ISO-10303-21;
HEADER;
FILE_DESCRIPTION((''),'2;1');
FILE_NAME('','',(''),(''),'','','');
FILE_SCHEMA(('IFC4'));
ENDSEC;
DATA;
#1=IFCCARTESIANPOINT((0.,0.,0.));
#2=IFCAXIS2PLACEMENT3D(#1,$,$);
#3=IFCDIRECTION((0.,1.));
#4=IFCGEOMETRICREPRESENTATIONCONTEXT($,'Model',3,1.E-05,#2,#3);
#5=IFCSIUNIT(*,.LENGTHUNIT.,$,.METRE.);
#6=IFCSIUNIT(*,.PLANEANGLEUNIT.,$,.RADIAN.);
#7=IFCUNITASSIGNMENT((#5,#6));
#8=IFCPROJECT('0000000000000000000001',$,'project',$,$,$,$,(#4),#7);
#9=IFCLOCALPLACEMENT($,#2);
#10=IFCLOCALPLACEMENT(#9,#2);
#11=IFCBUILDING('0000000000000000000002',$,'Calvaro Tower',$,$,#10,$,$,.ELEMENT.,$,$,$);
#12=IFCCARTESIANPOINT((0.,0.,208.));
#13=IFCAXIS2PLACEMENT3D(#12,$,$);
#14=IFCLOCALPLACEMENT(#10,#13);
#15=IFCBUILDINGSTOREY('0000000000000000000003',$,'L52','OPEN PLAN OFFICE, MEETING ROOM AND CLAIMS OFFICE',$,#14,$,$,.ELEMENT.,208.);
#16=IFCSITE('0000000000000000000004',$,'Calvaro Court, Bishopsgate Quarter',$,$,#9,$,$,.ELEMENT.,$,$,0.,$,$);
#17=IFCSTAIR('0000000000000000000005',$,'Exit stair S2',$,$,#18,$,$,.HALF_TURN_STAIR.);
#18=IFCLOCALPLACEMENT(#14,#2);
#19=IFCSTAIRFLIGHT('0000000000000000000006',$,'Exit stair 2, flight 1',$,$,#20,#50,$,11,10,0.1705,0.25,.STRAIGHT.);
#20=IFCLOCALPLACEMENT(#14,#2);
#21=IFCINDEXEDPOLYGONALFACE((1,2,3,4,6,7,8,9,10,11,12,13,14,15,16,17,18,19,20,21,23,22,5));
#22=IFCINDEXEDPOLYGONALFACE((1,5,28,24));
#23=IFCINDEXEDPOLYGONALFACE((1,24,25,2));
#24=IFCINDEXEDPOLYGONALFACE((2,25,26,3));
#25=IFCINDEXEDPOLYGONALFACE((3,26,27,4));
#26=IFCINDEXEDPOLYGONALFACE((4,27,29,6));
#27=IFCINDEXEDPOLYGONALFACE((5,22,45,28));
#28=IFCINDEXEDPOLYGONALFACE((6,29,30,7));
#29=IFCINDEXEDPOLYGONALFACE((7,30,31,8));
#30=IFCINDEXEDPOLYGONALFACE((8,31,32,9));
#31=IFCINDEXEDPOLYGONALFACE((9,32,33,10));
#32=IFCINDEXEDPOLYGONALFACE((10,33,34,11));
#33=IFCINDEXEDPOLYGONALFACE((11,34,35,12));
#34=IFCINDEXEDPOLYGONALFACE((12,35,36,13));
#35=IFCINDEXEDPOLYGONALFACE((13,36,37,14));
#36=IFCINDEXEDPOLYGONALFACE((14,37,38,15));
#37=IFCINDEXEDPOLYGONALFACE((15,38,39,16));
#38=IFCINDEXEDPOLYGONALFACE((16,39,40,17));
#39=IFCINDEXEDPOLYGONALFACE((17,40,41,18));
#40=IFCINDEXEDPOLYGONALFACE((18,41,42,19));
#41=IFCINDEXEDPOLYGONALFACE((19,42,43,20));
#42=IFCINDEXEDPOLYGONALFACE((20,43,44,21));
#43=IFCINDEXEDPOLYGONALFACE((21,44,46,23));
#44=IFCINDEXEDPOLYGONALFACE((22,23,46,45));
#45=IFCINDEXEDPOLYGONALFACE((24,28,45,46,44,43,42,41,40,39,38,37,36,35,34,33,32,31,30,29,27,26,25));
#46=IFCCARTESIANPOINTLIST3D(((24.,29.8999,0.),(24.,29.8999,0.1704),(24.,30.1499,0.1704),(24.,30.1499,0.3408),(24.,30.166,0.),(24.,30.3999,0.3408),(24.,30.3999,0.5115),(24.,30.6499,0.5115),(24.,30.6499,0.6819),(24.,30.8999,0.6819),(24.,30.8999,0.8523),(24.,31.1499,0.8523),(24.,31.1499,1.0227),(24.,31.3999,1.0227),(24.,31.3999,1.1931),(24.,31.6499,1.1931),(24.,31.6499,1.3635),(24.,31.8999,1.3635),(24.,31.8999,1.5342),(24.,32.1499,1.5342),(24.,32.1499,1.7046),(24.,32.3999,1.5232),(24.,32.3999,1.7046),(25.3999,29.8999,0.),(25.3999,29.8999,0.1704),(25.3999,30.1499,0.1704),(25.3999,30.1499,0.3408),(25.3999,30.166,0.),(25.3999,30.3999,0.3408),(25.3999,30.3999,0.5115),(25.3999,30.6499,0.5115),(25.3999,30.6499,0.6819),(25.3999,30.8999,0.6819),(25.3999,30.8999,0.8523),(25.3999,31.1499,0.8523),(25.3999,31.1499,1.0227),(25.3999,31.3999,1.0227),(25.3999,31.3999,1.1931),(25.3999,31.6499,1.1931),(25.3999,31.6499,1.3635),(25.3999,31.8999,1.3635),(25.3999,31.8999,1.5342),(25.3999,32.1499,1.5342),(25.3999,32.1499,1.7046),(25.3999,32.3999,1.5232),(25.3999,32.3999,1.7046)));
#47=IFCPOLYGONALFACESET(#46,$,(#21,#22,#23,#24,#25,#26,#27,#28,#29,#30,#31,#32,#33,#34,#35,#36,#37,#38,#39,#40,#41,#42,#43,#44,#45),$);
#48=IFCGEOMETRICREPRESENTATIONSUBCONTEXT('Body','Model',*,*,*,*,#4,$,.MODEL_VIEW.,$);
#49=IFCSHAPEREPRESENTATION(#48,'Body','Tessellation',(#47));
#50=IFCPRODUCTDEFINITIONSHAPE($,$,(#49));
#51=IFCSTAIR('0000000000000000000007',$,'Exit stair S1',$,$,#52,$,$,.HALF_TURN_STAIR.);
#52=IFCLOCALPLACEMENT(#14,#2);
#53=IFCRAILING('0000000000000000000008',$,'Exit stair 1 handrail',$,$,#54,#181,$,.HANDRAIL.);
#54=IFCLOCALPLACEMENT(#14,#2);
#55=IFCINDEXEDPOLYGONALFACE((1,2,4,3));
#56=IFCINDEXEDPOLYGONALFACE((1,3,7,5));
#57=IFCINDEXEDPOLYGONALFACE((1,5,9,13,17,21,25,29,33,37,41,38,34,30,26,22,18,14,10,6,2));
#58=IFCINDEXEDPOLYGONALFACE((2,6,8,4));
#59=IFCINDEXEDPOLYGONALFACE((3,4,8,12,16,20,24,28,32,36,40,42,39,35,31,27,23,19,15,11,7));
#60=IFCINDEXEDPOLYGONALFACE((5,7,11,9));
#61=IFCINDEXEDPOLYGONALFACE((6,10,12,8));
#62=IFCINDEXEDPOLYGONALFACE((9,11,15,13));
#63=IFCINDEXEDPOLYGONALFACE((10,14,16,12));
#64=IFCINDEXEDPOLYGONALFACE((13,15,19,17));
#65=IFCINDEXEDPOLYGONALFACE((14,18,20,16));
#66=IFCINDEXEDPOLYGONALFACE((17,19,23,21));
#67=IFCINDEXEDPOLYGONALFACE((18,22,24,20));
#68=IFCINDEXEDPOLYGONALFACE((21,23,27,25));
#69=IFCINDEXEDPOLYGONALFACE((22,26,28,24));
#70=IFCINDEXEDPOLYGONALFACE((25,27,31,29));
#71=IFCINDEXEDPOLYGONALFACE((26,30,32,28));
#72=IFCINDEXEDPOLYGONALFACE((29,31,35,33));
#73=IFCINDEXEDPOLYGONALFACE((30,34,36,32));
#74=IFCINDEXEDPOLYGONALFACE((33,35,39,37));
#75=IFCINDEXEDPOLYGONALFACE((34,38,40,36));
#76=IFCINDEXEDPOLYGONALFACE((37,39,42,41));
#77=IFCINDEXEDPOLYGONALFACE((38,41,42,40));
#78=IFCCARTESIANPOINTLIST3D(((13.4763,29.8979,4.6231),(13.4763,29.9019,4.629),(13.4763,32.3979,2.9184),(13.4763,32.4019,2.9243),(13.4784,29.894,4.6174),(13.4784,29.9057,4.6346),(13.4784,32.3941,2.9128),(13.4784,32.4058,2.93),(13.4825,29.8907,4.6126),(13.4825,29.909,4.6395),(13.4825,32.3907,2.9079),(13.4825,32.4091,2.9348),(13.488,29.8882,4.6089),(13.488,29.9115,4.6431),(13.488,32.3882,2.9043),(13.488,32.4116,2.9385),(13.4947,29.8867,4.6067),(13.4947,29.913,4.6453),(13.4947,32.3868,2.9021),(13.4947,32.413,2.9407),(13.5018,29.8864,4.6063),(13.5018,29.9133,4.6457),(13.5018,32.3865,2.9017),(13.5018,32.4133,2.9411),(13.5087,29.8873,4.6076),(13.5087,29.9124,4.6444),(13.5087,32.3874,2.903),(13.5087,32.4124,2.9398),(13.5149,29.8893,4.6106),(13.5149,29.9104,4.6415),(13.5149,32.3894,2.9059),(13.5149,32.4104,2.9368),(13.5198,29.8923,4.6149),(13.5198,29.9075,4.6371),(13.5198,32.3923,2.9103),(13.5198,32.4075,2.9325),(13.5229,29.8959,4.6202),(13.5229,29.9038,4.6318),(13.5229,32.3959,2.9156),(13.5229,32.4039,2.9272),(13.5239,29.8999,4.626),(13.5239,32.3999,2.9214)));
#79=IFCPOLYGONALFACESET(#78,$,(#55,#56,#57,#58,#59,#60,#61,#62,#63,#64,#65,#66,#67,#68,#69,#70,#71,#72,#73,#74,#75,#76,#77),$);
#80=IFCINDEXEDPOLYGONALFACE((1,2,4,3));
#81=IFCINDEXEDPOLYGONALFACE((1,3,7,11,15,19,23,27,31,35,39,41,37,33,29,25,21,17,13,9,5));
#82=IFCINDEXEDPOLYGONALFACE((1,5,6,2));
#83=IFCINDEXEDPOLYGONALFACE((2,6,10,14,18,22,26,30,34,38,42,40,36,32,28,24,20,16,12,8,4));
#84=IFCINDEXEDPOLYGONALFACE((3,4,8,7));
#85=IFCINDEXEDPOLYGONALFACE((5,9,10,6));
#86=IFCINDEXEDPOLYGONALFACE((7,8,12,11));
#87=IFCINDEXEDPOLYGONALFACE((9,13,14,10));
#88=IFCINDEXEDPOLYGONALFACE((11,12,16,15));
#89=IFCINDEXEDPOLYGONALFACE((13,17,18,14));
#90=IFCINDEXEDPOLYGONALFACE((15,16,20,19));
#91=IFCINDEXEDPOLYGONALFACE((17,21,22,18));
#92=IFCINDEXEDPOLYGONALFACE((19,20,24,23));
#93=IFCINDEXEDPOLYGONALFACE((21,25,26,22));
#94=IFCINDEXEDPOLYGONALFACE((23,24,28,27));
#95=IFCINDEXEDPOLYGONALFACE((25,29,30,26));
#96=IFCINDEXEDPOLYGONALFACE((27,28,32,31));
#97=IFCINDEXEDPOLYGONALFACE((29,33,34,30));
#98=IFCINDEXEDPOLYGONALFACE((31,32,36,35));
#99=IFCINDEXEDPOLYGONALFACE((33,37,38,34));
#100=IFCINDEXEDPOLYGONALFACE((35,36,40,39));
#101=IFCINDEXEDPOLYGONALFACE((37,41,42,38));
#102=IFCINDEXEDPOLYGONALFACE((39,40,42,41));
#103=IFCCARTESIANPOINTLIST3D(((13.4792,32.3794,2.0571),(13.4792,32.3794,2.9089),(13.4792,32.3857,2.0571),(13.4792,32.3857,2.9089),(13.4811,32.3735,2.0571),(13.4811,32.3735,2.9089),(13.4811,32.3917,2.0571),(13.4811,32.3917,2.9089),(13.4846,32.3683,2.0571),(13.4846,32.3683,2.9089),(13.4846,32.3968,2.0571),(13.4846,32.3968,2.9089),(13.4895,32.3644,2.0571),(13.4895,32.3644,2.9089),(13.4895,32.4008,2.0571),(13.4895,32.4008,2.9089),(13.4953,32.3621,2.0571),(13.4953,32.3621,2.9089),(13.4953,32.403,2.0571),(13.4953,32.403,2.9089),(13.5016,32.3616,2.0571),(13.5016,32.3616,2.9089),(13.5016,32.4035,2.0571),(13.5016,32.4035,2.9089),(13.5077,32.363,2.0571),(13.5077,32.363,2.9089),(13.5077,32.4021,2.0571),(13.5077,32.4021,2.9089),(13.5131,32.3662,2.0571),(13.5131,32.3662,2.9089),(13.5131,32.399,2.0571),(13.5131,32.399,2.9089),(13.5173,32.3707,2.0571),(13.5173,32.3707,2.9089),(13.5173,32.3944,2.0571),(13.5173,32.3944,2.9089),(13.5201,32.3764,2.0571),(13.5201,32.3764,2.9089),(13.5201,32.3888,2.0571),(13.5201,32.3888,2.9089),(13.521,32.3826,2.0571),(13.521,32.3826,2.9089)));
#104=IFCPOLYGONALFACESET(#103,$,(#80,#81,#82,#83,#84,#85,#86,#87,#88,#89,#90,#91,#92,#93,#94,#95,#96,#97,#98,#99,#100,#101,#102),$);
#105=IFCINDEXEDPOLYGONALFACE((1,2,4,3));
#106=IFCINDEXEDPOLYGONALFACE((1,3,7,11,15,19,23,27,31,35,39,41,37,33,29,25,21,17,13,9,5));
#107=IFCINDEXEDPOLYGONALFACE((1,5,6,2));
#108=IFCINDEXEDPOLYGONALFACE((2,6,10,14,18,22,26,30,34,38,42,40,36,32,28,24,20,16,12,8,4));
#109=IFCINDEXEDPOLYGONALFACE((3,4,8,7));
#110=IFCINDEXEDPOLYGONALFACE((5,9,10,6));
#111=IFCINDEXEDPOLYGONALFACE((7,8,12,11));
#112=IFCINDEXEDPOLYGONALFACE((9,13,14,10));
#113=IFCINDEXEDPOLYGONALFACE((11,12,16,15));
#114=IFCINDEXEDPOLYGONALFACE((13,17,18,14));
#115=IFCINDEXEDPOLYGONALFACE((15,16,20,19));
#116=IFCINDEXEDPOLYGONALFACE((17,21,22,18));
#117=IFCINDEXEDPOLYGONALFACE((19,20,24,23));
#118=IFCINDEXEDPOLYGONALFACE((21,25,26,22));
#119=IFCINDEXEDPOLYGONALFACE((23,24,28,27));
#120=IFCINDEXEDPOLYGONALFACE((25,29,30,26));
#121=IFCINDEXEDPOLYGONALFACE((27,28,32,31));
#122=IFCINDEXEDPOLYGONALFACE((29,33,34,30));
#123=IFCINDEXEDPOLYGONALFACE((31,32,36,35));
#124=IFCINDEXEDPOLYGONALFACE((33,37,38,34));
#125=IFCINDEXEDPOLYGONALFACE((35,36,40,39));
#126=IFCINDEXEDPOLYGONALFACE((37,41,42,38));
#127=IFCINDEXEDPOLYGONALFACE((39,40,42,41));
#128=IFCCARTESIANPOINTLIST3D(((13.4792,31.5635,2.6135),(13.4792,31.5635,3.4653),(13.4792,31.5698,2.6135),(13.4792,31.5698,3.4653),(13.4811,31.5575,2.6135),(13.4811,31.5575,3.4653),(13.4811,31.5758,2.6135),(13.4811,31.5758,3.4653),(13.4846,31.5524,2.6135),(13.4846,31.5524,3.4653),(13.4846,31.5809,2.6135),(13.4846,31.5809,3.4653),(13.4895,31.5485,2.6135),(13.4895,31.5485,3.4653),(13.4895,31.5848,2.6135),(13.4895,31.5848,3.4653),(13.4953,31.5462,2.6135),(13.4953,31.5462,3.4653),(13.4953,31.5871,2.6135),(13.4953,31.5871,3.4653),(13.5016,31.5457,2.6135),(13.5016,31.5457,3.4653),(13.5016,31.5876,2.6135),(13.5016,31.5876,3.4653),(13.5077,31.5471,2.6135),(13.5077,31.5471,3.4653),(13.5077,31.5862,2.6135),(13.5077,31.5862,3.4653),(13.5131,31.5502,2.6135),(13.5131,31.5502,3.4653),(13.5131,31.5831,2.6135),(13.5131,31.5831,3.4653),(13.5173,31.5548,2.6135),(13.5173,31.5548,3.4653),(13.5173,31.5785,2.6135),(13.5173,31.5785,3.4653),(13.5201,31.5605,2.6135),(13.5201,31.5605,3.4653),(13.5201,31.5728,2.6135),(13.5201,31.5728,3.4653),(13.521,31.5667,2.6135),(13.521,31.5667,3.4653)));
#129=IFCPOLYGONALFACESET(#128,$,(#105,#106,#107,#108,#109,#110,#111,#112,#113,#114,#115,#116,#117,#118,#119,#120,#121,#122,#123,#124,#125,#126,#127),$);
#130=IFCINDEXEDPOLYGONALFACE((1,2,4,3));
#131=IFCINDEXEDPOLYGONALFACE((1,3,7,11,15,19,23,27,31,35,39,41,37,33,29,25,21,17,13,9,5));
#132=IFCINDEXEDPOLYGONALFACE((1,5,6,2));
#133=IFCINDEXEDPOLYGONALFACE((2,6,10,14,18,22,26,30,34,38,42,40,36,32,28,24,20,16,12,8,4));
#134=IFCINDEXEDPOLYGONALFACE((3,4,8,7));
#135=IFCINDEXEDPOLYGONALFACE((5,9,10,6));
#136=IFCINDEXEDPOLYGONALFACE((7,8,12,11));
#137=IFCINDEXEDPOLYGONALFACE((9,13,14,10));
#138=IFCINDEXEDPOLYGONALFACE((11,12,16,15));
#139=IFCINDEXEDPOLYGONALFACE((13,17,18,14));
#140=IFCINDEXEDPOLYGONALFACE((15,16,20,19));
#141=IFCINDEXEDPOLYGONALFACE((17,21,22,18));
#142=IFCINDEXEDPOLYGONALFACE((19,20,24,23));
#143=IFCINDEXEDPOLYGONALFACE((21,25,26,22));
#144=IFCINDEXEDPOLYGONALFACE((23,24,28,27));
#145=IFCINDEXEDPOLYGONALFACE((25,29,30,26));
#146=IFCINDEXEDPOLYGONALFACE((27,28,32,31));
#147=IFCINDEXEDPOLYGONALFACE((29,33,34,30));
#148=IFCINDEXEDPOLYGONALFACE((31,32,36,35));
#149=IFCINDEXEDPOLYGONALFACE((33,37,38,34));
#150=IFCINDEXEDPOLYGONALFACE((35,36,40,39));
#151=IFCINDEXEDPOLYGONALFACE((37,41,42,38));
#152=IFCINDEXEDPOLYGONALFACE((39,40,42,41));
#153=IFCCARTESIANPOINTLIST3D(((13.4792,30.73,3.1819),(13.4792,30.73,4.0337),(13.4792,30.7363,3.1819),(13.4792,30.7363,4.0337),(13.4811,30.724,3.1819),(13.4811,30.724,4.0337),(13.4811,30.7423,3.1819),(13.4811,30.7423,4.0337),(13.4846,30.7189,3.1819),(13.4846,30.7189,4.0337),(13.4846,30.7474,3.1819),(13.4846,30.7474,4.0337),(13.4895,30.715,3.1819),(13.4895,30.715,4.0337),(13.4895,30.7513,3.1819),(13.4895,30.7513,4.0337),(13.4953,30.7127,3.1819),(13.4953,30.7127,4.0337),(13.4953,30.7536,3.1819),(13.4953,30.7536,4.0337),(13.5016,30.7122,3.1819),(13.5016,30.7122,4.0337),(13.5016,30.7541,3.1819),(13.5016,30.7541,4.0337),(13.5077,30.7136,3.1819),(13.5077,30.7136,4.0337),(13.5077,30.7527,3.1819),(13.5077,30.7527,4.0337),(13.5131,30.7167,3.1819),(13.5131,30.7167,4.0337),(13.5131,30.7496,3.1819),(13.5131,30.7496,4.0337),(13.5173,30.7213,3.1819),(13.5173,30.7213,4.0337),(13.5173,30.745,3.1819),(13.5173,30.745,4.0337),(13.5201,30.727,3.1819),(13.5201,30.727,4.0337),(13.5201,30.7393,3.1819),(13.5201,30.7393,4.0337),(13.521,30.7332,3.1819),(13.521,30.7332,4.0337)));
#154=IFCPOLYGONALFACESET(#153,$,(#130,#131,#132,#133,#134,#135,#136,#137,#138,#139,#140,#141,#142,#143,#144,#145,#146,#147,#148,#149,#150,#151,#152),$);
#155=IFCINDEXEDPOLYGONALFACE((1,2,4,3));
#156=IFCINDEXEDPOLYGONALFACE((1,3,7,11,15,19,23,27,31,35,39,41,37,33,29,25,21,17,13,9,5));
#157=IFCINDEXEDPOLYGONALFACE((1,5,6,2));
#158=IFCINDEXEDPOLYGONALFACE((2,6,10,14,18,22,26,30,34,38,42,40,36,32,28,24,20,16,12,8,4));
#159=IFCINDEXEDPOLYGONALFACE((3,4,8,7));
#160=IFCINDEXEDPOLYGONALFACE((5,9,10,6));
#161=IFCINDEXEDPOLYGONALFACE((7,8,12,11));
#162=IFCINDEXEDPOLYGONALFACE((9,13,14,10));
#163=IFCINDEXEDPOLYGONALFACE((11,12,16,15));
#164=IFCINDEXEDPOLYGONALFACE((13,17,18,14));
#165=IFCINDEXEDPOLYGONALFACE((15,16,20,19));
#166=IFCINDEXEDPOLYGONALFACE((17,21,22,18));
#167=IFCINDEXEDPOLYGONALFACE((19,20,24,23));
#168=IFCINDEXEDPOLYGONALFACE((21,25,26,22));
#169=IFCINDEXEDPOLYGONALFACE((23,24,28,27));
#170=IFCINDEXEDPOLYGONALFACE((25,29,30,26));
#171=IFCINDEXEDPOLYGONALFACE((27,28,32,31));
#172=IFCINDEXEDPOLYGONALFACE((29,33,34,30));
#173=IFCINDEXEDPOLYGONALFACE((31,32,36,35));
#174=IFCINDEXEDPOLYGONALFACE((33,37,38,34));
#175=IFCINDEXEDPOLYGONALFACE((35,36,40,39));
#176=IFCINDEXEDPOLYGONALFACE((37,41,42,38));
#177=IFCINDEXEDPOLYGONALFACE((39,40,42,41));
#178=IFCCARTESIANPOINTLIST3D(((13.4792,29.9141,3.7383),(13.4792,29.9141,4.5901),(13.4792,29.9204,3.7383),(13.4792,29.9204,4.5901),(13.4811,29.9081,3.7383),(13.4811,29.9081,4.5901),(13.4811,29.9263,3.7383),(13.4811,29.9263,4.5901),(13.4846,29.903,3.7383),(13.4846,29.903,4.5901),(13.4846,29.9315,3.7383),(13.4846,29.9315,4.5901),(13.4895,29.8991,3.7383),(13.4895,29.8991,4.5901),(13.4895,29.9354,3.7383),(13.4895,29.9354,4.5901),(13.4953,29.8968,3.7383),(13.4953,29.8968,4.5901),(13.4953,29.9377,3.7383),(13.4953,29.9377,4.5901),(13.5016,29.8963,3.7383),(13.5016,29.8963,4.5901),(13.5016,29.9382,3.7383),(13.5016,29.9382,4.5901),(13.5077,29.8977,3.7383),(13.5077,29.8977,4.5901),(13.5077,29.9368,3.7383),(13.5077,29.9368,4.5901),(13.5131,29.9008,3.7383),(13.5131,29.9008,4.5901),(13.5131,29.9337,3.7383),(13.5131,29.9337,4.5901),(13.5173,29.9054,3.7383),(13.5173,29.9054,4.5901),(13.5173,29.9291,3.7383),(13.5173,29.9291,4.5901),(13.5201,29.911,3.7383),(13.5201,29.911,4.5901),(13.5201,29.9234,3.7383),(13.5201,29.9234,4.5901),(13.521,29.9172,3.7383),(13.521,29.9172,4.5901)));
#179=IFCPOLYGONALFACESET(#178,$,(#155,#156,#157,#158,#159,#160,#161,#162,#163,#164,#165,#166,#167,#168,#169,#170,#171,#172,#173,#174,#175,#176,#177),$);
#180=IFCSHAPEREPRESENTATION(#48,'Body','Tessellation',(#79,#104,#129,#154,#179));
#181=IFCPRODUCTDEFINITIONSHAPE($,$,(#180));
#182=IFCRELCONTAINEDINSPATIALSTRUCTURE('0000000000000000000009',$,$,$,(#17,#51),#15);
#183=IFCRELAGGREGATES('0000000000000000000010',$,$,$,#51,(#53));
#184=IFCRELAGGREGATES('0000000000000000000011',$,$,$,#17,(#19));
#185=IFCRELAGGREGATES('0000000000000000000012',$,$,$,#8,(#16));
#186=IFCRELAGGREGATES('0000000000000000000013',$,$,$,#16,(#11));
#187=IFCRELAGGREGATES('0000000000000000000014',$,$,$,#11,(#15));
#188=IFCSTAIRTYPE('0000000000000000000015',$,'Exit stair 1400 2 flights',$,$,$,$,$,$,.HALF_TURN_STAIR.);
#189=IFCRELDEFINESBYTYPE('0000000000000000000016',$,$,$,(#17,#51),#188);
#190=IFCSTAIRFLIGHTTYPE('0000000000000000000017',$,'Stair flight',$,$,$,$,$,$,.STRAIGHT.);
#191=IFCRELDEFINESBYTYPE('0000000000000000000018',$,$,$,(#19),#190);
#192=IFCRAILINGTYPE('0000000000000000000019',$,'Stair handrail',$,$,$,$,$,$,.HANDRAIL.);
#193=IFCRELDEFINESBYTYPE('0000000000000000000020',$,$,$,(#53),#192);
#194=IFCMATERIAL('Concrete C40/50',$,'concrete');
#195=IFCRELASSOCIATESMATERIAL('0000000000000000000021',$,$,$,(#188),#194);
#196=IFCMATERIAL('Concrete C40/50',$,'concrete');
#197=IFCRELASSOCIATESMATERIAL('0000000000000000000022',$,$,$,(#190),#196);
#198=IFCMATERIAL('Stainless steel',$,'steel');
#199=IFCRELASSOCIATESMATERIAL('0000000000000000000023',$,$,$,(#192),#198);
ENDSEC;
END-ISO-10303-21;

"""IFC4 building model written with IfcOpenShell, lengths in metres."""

from ifc_helpers import new_model, si_unit, direction, frame, origin, origin_2d, place, context, subcontext, project, spatial, polyline, circle, outline, extrude, material, type_object, element, aggregate, save


model = new_model("IFC4")

# Units and contexts
model_context = context("Model", 3, precision=1e-05, world=origin(), true_north=direction((0.0, 1.0)))
body_context = subcontext(model_context, "Body", "Model", "MODEL_VIEW")
ifc_project = project(units=[si_unit("LENGTHUNIT", "METRE"), si_unit("PLANEANGLEUNIT", "RADIAN")], contexts=[model_context])

# Site, building, storey
site_placement = place(None, origin())
site = spatial("IfcSite", under=ifc_project, at=site_placement, Name="Calvaro Court, Bishopsgate Quarter", CompositionType="ELEMENT", RefElevation=0.0)
building_placement = place(site_placement, origin())
building = spatial("IfcBuilding", under=site, at=building_placement, Name="Calvaro Tower", CompositionType="ELEMENT")
storey_placement = place(building_placement, frame((0.0, 0.0, 208.0)))
storey = spatial("IfcBuildingStorey", under=building, at=storey_placement, Name="L52", Description="OPEN PLAN OFFICE, MEETING ROOM AND CLAIMS OFFICE", CompositionType="ELEMENT", Elevation=208.0)

# Stair, stair flight
ifc_material_1 = material(Name="Concrete C40/50", Category="concrete")
stair_type = type_object("IfcStairType", Name="Exit stair 1400 2 flights", PredefinedType="HALF_TURN_STAIR", material=ifc_material_1)
stair_1_placement = place(storey_placement, origin())
stair_1 = element("IfcStair", 1, at=stair_1_placement, inside=storey, type_object=stair_type, Name="Exit stair S2", PredefinedType="HALF_TURN_STAIR")
ifc_material_2 = material(Name="Concrete C40/50", Category="concrete")
stair_flight_type = type_object("IfcStairFlightType", Name="Stair flight", PredefinedType="STRAIGHT", material=ifc_material_2)
stair_flight_placement = place(storey_placement, frame((24.7, 29.8999, 0.0), z_axis=(0.0, 0.0, 1.0), x_axis=(0.0, 1.0, 0.0)))
stair_flight = element("IfcStairFlight", 2, at=stair_flight_placement, type_object=stair_flight_type, Name="Exit stair 2, flight 1", NumberOfRisers=11, NumberOfTreads=10, PredefinedType="STRAIGHT", RiserHeight=0.1705, TreadLength=0.25, context=body_context, shape_type="SweptSolid", body=[
    extrude(outline(polyline([(0.0, 0.0), (0.0, 0.1704), (0.25, 0.1704), (0.25, 0.3408), (0.5, 0.3408), (0.5, 0.5115), (0.75, 0.5115), (0.75, 0.6819), (1.0, 0.6819), (1.0, 0.8523), (1.25, 0.8523), (1.25, 1.0227), (1.5, 1.0227), (1.5, 1.1931), (1.75, 1.1931), (1.75, 1.3635), (2.0, 1.3635), (2.0, 1.5342), (2.25, 1.5342), (2.25, 1.7046), (2.5, 1.7046), (2.5, 1.875), (2.5, 1.5232), (0.2661, 0.0), (0.0, 0.0)])), frame((0.0, 0.7, 0.0), z_axis=(0.0, -1.0, 0.0), x_axis=(1.0, 0.0, 0.0)), (0.0, 0.0, 1.0), 1.3999),
])

# Stair, railing
stair_2_placement = place(storey_placement, origin())
stair_2 = element("IfcStair", 3, at=stair_2_placement, inside=storey, type_object=stair_type, Name="Exit stair S1", PredefinedType="HALF_TURN_STAIR")
ifc_material_3 = material(Name="Stainless steel", Category="steel")
railing_type = type_object("IfcRailingType", Name="Stair handrail", PredefinedType="HANDRAIL", material=ifc_material_3)
railing_1_placement = place(storey_placement, frame((13.5, 32.3999, 2.0454)))
railing_1 = element("IfcRailing", 4, at=railing_1_placement, type_object=railing_type, Name="Exit stair 1 handrail", PredefinedType="HANDRAIL", context=body_context, shape_type="SweptSolid", body=[
    extrude(circle(Radius=0.0239, at=origin_2d()), frame((0.0, 0.0, 0.876), z_axis=(0.0, -0.826221, 0.563347), x_axis=(1.0, 0.0, 0.0)), (0.0, 0.0, 1.0), 3.0259),
    extrude(circle(Radius=0.021, at=origin_2d()), frame((0.0, -0.0173, 0.0117)), (0.0, 0.0, 1.0), 0.8518),
    extrude(circle(Radius=0.021, at=origin_2d()), frame((0.0, -0.8333, 0.5681)), (0.0, 0.0, 1.0), 0.8518),
    extrude(circle(Radius=0.021, at=origin_2d()), frame((0.0, -1.6667, 1.1365)), (0.0, 0.0, 1.0), 0.8518),
    extrude(circle(Radius=0.021, at=origin_2d()), frame((0.0, -2.4827, 1.6929)), (0.0, 0.0, 1.0), 0.8518),
])
aggregate(stair_2, [railing_1])

aggregate(stair_1, [stair_flight])

save(model, "model.ifc")
